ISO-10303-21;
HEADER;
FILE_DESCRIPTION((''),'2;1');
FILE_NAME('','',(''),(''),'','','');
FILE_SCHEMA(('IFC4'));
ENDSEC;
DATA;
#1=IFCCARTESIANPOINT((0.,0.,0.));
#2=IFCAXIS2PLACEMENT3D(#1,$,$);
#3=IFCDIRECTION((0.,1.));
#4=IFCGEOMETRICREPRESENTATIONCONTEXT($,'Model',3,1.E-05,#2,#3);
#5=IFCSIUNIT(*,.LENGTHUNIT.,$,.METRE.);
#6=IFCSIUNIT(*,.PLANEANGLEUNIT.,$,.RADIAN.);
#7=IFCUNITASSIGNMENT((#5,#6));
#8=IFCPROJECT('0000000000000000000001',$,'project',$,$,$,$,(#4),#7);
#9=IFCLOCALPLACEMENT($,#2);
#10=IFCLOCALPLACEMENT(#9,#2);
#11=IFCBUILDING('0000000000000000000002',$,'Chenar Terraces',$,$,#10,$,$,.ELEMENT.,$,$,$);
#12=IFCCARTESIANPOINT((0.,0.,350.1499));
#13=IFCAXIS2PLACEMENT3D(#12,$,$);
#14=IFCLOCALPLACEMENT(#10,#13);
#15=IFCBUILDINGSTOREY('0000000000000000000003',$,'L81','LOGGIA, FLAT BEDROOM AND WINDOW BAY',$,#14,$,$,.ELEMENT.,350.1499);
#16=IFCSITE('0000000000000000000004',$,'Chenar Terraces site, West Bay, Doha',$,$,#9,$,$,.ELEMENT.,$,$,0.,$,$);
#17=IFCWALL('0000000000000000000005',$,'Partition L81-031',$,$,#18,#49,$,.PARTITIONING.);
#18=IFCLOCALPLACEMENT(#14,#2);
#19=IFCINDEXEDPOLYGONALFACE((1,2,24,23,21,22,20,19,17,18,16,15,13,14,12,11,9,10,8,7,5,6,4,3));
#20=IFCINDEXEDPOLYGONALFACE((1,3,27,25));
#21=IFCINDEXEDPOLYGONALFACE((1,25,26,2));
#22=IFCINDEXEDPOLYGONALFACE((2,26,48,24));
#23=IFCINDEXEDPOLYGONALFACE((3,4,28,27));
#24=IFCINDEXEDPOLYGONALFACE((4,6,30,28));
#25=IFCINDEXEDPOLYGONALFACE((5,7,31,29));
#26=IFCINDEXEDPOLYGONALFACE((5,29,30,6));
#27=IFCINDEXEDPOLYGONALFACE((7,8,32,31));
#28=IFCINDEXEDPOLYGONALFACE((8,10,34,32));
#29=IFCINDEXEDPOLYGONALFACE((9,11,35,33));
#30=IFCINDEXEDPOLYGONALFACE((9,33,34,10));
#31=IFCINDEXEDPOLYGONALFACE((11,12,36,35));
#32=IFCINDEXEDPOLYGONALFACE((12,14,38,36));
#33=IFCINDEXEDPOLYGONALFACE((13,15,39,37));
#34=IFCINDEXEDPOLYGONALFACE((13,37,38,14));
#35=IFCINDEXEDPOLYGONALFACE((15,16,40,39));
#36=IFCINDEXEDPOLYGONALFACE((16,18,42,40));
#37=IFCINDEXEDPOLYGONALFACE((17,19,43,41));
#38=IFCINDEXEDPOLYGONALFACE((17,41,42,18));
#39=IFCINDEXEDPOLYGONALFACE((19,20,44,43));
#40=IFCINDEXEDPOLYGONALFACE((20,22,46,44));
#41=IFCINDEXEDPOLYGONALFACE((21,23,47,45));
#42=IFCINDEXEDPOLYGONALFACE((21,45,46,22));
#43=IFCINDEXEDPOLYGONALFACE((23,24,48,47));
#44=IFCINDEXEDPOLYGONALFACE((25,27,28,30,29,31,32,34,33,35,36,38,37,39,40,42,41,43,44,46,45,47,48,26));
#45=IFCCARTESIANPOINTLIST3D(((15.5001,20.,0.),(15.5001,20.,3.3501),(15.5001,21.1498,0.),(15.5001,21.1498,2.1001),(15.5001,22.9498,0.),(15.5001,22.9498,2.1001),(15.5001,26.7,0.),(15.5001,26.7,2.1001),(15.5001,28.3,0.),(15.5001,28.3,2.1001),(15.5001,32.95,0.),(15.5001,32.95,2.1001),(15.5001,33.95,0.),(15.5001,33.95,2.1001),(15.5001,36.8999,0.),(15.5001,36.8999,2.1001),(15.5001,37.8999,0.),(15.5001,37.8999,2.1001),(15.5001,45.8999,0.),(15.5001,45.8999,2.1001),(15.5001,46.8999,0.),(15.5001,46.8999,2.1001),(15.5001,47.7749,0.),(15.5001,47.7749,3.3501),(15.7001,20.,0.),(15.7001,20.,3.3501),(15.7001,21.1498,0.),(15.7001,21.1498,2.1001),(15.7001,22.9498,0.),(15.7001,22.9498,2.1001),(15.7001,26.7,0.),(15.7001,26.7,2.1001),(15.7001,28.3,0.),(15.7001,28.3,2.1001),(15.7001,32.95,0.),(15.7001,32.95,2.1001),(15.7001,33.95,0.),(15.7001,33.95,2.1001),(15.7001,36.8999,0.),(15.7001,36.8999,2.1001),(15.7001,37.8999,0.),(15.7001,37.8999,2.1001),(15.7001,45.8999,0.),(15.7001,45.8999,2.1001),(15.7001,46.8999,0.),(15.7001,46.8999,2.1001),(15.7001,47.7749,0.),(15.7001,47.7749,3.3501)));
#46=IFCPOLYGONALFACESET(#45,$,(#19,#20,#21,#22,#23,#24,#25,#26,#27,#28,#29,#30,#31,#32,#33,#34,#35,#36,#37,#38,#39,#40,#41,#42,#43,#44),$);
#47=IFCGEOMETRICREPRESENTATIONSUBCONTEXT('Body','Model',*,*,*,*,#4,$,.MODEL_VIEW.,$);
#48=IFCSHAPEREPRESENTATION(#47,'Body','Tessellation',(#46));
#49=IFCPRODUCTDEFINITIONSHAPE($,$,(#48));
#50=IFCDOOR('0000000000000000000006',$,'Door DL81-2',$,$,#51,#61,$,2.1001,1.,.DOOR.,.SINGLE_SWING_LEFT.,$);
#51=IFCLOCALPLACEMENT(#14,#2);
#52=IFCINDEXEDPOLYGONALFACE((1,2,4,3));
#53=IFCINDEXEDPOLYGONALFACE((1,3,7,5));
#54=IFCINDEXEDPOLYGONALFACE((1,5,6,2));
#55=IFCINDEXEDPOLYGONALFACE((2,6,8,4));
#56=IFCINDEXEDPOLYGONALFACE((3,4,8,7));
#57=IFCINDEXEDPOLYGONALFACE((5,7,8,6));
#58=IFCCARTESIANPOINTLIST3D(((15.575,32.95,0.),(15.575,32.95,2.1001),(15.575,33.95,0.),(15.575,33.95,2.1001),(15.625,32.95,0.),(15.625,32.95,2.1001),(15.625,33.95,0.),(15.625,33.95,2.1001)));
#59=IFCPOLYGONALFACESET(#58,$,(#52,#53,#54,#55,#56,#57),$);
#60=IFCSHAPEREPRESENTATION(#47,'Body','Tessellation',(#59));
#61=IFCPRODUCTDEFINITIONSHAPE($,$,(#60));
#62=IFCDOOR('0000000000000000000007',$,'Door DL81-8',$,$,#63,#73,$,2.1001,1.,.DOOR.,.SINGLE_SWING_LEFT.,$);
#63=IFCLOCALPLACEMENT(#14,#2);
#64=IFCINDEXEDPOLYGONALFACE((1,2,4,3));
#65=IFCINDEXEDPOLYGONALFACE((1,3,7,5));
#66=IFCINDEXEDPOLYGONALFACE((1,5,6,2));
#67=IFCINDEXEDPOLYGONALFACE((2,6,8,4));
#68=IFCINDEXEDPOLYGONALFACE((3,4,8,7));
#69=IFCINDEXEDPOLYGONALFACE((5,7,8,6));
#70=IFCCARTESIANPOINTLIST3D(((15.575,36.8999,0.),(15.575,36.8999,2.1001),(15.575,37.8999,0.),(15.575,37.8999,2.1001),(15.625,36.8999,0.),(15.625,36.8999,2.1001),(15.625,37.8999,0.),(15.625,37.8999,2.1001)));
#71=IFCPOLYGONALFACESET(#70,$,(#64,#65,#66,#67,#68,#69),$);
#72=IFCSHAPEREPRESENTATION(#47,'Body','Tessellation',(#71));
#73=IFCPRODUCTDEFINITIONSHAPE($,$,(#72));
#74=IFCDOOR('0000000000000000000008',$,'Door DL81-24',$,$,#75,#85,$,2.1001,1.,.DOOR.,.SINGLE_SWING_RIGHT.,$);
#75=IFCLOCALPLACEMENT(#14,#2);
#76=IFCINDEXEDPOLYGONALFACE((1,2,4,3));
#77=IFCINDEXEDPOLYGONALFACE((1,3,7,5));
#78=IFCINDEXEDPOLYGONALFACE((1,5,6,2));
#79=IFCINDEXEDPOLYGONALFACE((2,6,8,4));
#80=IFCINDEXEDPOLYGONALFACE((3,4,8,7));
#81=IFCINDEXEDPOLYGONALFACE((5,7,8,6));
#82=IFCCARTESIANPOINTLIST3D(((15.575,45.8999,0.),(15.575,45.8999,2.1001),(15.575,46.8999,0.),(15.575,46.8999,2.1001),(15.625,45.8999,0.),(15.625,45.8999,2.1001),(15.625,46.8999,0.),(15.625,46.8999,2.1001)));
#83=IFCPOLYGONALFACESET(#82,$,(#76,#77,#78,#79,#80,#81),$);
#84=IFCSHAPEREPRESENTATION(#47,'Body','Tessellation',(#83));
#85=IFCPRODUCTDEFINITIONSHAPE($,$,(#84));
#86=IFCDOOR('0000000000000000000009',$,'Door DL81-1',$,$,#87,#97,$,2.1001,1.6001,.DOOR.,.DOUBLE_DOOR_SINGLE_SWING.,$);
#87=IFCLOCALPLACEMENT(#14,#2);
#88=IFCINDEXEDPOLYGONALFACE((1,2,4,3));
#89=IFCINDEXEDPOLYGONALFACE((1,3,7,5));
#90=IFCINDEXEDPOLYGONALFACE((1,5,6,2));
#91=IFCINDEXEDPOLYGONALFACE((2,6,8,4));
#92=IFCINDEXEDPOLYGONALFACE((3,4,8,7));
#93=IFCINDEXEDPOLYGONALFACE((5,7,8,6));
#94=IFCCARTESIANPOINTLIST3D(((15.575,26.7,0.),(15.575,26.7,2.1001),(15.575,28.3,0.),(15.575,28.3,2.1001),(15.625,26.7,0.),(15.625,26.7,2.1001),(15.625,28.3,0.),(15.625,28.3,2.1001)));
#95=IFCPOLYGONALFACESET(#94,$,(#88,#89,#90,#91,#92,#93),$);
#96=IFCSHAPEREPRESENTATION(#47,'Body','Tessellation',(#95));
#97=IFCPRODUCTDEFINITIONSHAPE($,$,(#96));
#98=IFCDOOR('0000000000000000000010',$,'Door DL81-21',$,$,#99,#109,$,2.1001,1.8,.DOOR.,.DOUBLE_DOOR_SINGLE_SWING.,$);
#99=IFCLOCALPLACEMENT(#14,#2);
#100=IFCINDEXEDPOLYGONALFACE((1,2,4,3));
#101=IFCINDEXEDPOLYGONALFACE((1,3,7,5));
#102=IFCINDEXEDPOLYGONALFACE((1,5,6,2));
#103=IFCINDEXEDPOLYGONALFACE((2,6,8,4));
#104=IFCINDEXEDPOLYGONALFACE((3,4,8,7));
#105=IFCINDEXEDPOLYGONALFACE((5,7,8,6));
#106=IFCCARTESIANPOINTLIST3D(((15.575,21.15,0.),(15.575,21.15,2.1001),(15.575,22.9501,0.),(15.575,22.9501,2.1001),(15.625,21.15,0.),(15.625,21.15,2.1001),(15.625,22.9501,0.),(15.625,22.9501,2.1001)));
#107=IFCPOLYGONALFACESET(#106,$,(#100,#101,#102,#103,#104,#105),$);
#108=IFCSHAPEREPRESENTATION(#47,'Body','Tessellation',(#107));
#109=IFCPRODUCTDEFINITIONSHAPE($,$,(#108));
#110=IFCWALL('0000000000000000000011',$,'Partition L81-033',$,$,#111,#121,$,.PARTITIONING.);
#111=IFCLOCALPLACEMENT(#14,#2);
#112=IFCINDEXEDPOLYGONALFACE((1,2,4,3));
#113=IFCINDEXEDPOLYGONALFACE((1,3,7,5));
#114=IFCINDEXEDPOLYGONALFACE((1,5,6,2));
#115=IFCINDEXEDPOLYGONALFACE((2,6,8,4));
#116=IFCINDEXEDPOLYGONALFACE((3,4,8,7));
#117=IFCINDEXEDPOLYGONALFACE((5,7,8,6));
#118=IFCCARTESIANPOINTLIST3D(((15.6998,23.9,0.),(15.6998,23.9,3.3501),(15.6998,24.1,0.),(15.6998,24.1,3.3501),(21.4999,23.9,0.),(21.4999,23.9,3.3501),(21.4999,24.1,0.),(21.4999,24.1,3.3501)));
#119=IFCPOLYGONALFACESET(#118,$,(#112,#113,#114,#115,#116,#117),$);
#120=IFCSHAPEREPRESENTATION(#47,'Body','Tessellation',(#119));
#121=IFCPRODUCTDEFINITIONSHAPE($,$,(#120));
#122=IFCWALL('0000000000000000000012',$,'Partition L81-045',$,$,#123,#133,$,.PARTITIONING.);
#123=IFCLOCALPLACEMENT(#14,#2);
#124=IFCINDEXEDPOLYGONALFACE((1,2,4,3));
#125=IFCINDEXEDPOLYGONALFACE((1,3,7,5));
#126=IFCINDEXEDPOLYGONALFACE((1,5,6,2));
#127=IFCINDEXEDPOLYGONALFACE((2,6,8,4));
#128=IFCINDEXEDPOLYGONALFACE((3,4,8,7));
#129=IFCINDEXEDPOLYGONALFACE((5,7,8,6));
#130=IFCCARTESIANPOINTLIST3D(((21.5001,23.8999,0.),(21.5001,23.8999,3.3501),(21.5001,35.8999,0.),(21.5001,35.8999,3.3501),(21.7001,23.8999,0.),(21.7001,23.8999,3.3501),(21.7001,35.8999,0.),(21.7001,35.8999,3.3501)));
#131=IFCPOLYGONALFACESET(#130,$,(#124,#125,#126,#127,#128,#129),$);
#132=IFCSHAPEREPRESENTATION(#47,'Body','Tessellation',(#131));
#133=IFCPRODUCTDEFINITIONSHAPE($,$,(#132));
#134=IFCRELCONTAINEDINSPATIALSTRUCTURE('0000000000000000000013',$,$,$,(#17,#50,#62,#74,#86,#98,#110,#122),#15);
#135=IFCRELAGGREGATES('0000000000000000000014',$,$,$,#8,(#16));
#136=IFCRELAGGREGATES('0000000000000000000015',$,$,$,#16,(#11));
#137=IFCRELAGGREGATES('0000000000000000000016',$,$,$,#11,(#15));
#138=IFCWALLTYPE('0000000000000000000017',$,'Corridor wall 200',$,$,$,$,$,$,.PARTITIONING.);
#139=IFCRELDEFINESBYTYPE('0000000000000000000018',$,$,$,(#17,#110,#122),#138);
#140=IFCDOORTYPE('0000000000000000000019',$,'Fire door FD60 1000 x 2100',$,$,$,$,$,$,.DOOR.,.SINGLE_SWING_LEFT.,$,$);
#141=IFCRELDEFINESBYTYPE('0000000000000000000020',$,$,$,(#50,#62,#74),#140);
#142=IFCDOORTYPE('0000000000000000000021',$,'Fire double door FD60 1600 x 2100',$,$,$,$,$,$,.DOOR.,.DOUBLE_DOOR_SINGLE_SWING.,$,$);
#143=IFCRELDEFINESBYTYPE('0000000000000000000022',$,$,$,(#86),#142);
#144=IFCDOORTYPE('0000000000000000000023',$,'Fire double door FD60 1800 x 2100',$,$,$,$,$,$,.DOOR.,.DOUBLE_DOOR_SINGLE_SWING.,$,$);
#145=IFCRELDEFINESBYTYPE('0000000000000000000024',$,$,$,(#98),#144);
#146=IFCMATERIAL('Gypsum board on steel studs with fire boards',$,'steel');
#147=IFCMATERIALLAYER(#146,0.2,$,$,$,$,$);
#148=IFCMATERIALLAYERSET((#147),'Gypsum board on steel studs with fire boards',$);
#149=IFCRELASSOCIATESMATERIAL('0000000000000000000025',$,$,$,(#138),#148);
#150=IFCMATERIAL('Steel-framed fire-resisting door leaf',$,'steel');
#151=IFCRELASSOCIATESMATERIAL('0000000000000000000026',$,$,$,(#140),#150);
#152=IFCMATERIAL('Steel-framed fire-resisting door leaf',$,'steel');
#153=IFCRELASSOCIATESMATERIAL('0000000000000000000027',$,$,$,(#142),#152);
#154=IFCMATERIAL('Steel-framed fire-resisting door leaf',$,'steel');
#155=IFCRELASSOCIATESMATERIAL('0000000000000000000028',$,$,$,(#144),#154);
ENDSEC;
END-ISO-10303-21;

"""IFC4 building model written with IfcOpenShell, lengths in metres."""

from ifc_helpers import new_model, si_unit, direction, frame, frame_2d, origin, place, context, subcontext, project, spatial, rectangle, extrude, material, layer, layer_set, type_object, element, fill, save


model = new_model("IFC4")

# Units and contexts
model_context = context("Model", 3, precision=1e-05, world=origin(), true_north=direction((0.0, 1.0)))
body_context = subcontext(model_context, "Body", "Model", "MODEL_VIEW")
ifc_project = project(units=[si_unit("LENGTHUNIT", "METRE"), si_unit("PLANEANGLEUNIT", "RADIAN")], contexts=[model_context])

# Site, building, storey
site_placement = place(None, origin())
site = spatial("IfcSite", under=ifc_project, at=site_placement, Name="Chenar Terraces site, West Bay, Doha", CompositionType="ELEMENT", RefElevation=0.0)
building_placement = place(site_placement, origin())
building = spatial("IfcBuilding", under=site, at=building_placement, Name="Chenar Terraces", CompositionType="ELEMENT")
storey_placement = place(building_placement, frame((0.0, 0.0, 350.1499)))
storey = spatial("IfcBuildingStorey", under=building, at=storey_placement, Name="L81", Description="LOGGIA, FLAT BEDROOM AND WINDOW BAY", CompositionType="ELEMENT", Elevation=350.1499)

# Wall, openings, doors
ifc_material_1 = material(Name="Gypsum board on steel studs with fire boards", Category="steel")
ifc_layer_1 = layer(ifc_material_1, 0.2)
ifc_layer_set_1 = layer_set([ifc_layer_1], Name="Gypsum board on steel studs with fire boards")
wall_type_1 = type_object("IfcWallType", Name="Corridor wall 200", PredefinedType="PARTITIONING", material=ifc_layer_set_1)
wall_1_placement = place(storey_placement, frame((15.6001, 20.0, 0.0), z_axis=(0.0, 0.0, 1.0), x_axis=(0.0, 1.0, 0.0)))
wall_1 = element("IfcWall", 1, at=wall_1_placement, inside=storey, type_object=wall_type_1, Name="Partition L81-031", PredefinedType="PARTITIONING", context=body_context, shape_type="SweptSolid", body=[
    extrude(rectangle(XDim=27.7749, YDim=0.2, at=frame_2d((13.8875, 0.0))), origin(), (0.0, 0.0, 1.0), 3.3501),
])
opening_1_placement = place(wall_1_placement, frame((6.7, 0.0, 0.0)))
opening_1 = element("IfcOpeningElement", 2, at=opening_1_placement, cuts=wall_1, PredefinedType="OPENING", context=body_context, shape_type="SweptSolid", body=[
    extrude(rectangle(XDim=1.6001, YDim=2.1001, at=frame_2d((0.8, 1.05))), frame((0.0, 0.1099, 0.0), z_axis=(0.0, -1.0, 0.0), x_axis=(1.0, 0.0, 0.0)), (0.0, 0.0, 1.0), 0.22),
])
opening_2_placement = place(wall_1_placement, frame((12.95, 0.0, 0.0)))
opening_2 = element("IfcOpeningElement", 3, at=opening_2_placement, cuts=wall_1, PredefinedType="OPENING", context=body_context, shape_type="SweptSolid", body=[
    extrude(rectangle(XDim=1.0, YDim=2.1001, at=frame_2d((0.5, 1.05))), frame((0.0, 0.1099, 0.0), z_axis=(0.0, -1.0, 0.0), x_axis=(1.0, 0.0, 0.0)), (0.0, 0.0, 1.0), 0.22),
])
opening_3_placement = place(wall_1_placement, frame((16.8999, 0.0, 0.0)))
opening_3 = element("IfcOpeningElement", 4, at=opening_3_placement, cuts=wall_1, PredefinedType="OPENING", context=body_context, shape_type="SweptSolid", body=[
    extrude(rectangle(XDim=1.0, YDim=2.1001, at=frame_2d((0.5, 1.05))), frame((0.0, 0.1099, 0.0), z_axis=(0.0, -1.0, 0.0), x_axis=(1.0, 0.0, 0.0)), (0.0, 0.0, 1.0), 0.22),
])
opening_4_placement = place(wall_1_placement, frame((1.1499, 0.0, 0.0)))
opening_4 = element("IfcOpeningElement", 5, at=opening_4_placement, cuts=wall_1, PredefinedType="OPENING", context=body_context, shape_type="SweptSolid", body=[
    extrude(rectangle(XDim=1.8, YDim=2.1001, at=frame_2d((0.8999, 1.05))), frame((0.0, 0.1099, 0.0), z_axis=(0.0, -1.0, 0.0), x_axis=(1.0, 0.0, 0.0)), (0.0, 0.0, 1.0), 0.22),
])
opening_5_placement = place(wall_1_placement, frame((25.8999, 0.0, 0.0)))
opening_5 = element("IfcOpeningElement", 6, at=opening_5_placement, cuts=wall_1, PredefinedType="OPENING", context=body_context, shape_type="SweptSolid", body=[
    extrude(rectangle(XDim=1.0, YDim=2.1001, at=frame_2d((0.5, 1.05))), frame((0.0, 0.1099, 0.0), z_axis=(0.0, -1.0, 0.0), x_axis=(1.0, 0.0, 0.0)), (0.0, 0.0, 1.0), 0.22),
])
ifc_material_2 = material(Name="Steel-framed fire-resisting door leaf", Category="steel")
door_type_1 = type_object("IfcDoorType", Name="Fire door FD60 1000 x 2100", OperationType="SINGLE_SWING_LEFT", PredefinedType="DOOR", material=ifc_material_2)
door_1_placement = place(opening_2_placement, frame((1.0, 0.0, 0.0), z_axis=(0.0, 0.0, 1.0), x_axis=(-1.0, 0.0, 0.0)))
door_1 = element("IfcDoor", 7, at=door_1_placement, inside=storey, type_object=door_type_1, Name="Door DL81-2", OperationType="SINGLE_SWING_LEFT", OverallHeight=2.1001, OverallWidth=1.0, PredefinedType="DOOR", context=body_context, shape_type="SweptSolid", body=[
    extrude(rectangle(XDim=1.0, YDim=2.1001, at=frame_2d((0.5, 1.05))), frame((0.0, 0.0249, 0.0), z_axis=(0.0, -1.0, 0.0), x_axis=(1.0, 0.0, 0.0)), (0.0, 0.0, 1.0), 0.05),
])
fill(opening_2, door_1)
door_2_placement = place(opening_3_placement, frame((1.0, 0.0, 0.0), z_axis=(0.0, 0.0, 1.0), x_axis=(-1.0, 0.0, 0.0)))
door_2 = element("IfcDoor", 8, at=door_2_placement, inside=storey, type_object=door_type_1, Name="Door DL81-8", OperationType="SINGLE_SWING_LEFT", OverallHeight=2.1001, OverallWidth=1.0, PredefinedType="DOOR", context=body_context, shape_type="SweptSolid", body=[
    extrude(rectangle(XDim=1.0, YDim=2.1001, at=frame_2d((0.5, 1.05))), frame((0.0, 0.0249, 0.0), z_axis=(0.0, -1.0, 0.0), x_axis=(1.0, 0.0, 0.0)), (0.0, 0.0, 1.0), 0.05),
])
fill(opening_3, door_2)
door_3_placement = place(opening_5_placement, frame((1.0, 0.0, 0.0), z_axis=(0.0, 0.0, 1.0), x_axis=(-1.0, 0.0, 0.0)))
door_3 = element("IfcDoor", 9, at=door_3_placement, inside=storey, type_object=door_type_1, Name="Door DL81-24", OperationType="SINGLE_SWING_RIGHT", OverallHeight=2.1001, OverallWidth=1.0, PredefinedType="DOOR", context=body_context, shape_type="SweptSolid", body=[
    extrude(rectangle(XDim=1.0, YDim=2.1001, at=frame_2d((0.5, 1.05))), frame((0.0, 0.0249, 0.0), z_axis=(0.0, -1.0, 0.0), x_axis=(1.0, 0.0, 0.0)), (0.0, 0.0, 1.0), 0.05),
])
fill(opening_5, door_3)
ifc_material_3 = material(Name="Steel-framed fire-resisting door leaf", Category="steel")
door_type_2 = type_object("IfcDoorType", Name="Fire double door FD60 1600 x 2100", OperationType="DOUBLE_DOOR_SINGLE_SWING", PredefinedType="DOOR", material=ifc_material_3)
door_4_placement = place(opening_1_placement, frame((1.6001, 0.0, 0.0), z_axis=(0.0, 0.0, 1.0), x_axis=(-1.0, 0.0, 0.0)))
door_4 = element("IfcDoor", 10, at=door_4_placement, inside=storey, type_object=door_type_2, Name="Door DL81-1", OperationType="DOUBLE_DOOR_SINGLE_SWING", OverallHeight=2.1001, OverallWidth=1.6001, PredefinedType="DOOR", context=body_context, shape_type="SweptSolid", body=[
    extrude(rectangle(XDim=1.6001, YDim=2.1001, at=frame_2d((0.8, 1.05))), frame((0.0, 0.0249, 0.0), z_axis=(0.0, -1.0, 0.0), x_axis=(1.0, 0.0, 0.0)), (0.0, 0.0, 1.0), 0.05),
])
fill(opening_1, door_4)
ifc_material_4 = material(Name="Steel-framed fire-resisting door leaf", Category="steel")
door_type_3 = type_object("IfcDoorType", Name="Fire double door FD60 1800 x 2100", OperationType="DOUBLE_DOOR_SINGLE_SWING", PredefinedType="DOOR", material=ifc_material_4)
door_5_placement = place(opening_4_placement, frame((1.8, 0.0, 0.0), z_axis=(0.0, 0.0, 1.0), x_axis=(-1.0, 0.0, 0.0)))
door_5 = element("IfcDoor", 11, at=door_5_placement, inside=storey, type_object=door_type_3, Name="Door DL81-21", OperationType="DOUBLE_DOOR_SINGLE_SWING", OverallHeight=2.1001, OverallWidth=1.8, PredefinedType="DOOR", context=body_context, shape_type="SweptSolid", body=[
    extrude(rectangle(XDim=1.8, YDim=2.1001, at=frame_2d((0.8999, 1.05))), frame((0.0, 0.0249, 0.0), z_axis=(0.0, -1.0, 0.0), x_axis=(1.0, 0.0, 0.0)), (0.0, 0.0, 1.0), 0.05),
])
fill(opening_4, door_5)

# Walls
wall_2_placement = place(storey_placement, frame((15.7, 24.0, 0.0), z_axis=(0.0, 0.0, 1.0), x_axis=(1.0, 0.0, 0.0)))
element("IfcWall", 12, at=wall_2_placement, inside=storey, type_object=wall_type_1, Name="Partition L81-033", PredefinedType="PARTITIONING", context=body_context, shape_type="SweptSolid", body=[
    extrude(rectangle(XDim=5.8, YDim=0.2, at=frame_2d((2.8999, 0.0))), origin(), (0.0, 0.0, 1.0), 3.3501),
])
wall_3_placement = place(storey_placement, frame((21.6001, 23.8999, 0.0), z_axis=(0.0, 0.0, 1.0), x_axis=(0.0, 1.0, 0.0)))
element("IfcWall", 13, at=wall_3_placement, inside=storey, type_object=wall_type_1, Name="Partition L81-045", PredefinedType="PARTITIONING", context=body_context, shape_type="SweptSolid", body=[
    extrude(rectangle(XDim=12.0, YDim=0.2, at=frame_2d((6.0, 0.0))), origin(), (0.0, 0.0, 1.0), 3.3501),
])

save(model, "model.ifc")
